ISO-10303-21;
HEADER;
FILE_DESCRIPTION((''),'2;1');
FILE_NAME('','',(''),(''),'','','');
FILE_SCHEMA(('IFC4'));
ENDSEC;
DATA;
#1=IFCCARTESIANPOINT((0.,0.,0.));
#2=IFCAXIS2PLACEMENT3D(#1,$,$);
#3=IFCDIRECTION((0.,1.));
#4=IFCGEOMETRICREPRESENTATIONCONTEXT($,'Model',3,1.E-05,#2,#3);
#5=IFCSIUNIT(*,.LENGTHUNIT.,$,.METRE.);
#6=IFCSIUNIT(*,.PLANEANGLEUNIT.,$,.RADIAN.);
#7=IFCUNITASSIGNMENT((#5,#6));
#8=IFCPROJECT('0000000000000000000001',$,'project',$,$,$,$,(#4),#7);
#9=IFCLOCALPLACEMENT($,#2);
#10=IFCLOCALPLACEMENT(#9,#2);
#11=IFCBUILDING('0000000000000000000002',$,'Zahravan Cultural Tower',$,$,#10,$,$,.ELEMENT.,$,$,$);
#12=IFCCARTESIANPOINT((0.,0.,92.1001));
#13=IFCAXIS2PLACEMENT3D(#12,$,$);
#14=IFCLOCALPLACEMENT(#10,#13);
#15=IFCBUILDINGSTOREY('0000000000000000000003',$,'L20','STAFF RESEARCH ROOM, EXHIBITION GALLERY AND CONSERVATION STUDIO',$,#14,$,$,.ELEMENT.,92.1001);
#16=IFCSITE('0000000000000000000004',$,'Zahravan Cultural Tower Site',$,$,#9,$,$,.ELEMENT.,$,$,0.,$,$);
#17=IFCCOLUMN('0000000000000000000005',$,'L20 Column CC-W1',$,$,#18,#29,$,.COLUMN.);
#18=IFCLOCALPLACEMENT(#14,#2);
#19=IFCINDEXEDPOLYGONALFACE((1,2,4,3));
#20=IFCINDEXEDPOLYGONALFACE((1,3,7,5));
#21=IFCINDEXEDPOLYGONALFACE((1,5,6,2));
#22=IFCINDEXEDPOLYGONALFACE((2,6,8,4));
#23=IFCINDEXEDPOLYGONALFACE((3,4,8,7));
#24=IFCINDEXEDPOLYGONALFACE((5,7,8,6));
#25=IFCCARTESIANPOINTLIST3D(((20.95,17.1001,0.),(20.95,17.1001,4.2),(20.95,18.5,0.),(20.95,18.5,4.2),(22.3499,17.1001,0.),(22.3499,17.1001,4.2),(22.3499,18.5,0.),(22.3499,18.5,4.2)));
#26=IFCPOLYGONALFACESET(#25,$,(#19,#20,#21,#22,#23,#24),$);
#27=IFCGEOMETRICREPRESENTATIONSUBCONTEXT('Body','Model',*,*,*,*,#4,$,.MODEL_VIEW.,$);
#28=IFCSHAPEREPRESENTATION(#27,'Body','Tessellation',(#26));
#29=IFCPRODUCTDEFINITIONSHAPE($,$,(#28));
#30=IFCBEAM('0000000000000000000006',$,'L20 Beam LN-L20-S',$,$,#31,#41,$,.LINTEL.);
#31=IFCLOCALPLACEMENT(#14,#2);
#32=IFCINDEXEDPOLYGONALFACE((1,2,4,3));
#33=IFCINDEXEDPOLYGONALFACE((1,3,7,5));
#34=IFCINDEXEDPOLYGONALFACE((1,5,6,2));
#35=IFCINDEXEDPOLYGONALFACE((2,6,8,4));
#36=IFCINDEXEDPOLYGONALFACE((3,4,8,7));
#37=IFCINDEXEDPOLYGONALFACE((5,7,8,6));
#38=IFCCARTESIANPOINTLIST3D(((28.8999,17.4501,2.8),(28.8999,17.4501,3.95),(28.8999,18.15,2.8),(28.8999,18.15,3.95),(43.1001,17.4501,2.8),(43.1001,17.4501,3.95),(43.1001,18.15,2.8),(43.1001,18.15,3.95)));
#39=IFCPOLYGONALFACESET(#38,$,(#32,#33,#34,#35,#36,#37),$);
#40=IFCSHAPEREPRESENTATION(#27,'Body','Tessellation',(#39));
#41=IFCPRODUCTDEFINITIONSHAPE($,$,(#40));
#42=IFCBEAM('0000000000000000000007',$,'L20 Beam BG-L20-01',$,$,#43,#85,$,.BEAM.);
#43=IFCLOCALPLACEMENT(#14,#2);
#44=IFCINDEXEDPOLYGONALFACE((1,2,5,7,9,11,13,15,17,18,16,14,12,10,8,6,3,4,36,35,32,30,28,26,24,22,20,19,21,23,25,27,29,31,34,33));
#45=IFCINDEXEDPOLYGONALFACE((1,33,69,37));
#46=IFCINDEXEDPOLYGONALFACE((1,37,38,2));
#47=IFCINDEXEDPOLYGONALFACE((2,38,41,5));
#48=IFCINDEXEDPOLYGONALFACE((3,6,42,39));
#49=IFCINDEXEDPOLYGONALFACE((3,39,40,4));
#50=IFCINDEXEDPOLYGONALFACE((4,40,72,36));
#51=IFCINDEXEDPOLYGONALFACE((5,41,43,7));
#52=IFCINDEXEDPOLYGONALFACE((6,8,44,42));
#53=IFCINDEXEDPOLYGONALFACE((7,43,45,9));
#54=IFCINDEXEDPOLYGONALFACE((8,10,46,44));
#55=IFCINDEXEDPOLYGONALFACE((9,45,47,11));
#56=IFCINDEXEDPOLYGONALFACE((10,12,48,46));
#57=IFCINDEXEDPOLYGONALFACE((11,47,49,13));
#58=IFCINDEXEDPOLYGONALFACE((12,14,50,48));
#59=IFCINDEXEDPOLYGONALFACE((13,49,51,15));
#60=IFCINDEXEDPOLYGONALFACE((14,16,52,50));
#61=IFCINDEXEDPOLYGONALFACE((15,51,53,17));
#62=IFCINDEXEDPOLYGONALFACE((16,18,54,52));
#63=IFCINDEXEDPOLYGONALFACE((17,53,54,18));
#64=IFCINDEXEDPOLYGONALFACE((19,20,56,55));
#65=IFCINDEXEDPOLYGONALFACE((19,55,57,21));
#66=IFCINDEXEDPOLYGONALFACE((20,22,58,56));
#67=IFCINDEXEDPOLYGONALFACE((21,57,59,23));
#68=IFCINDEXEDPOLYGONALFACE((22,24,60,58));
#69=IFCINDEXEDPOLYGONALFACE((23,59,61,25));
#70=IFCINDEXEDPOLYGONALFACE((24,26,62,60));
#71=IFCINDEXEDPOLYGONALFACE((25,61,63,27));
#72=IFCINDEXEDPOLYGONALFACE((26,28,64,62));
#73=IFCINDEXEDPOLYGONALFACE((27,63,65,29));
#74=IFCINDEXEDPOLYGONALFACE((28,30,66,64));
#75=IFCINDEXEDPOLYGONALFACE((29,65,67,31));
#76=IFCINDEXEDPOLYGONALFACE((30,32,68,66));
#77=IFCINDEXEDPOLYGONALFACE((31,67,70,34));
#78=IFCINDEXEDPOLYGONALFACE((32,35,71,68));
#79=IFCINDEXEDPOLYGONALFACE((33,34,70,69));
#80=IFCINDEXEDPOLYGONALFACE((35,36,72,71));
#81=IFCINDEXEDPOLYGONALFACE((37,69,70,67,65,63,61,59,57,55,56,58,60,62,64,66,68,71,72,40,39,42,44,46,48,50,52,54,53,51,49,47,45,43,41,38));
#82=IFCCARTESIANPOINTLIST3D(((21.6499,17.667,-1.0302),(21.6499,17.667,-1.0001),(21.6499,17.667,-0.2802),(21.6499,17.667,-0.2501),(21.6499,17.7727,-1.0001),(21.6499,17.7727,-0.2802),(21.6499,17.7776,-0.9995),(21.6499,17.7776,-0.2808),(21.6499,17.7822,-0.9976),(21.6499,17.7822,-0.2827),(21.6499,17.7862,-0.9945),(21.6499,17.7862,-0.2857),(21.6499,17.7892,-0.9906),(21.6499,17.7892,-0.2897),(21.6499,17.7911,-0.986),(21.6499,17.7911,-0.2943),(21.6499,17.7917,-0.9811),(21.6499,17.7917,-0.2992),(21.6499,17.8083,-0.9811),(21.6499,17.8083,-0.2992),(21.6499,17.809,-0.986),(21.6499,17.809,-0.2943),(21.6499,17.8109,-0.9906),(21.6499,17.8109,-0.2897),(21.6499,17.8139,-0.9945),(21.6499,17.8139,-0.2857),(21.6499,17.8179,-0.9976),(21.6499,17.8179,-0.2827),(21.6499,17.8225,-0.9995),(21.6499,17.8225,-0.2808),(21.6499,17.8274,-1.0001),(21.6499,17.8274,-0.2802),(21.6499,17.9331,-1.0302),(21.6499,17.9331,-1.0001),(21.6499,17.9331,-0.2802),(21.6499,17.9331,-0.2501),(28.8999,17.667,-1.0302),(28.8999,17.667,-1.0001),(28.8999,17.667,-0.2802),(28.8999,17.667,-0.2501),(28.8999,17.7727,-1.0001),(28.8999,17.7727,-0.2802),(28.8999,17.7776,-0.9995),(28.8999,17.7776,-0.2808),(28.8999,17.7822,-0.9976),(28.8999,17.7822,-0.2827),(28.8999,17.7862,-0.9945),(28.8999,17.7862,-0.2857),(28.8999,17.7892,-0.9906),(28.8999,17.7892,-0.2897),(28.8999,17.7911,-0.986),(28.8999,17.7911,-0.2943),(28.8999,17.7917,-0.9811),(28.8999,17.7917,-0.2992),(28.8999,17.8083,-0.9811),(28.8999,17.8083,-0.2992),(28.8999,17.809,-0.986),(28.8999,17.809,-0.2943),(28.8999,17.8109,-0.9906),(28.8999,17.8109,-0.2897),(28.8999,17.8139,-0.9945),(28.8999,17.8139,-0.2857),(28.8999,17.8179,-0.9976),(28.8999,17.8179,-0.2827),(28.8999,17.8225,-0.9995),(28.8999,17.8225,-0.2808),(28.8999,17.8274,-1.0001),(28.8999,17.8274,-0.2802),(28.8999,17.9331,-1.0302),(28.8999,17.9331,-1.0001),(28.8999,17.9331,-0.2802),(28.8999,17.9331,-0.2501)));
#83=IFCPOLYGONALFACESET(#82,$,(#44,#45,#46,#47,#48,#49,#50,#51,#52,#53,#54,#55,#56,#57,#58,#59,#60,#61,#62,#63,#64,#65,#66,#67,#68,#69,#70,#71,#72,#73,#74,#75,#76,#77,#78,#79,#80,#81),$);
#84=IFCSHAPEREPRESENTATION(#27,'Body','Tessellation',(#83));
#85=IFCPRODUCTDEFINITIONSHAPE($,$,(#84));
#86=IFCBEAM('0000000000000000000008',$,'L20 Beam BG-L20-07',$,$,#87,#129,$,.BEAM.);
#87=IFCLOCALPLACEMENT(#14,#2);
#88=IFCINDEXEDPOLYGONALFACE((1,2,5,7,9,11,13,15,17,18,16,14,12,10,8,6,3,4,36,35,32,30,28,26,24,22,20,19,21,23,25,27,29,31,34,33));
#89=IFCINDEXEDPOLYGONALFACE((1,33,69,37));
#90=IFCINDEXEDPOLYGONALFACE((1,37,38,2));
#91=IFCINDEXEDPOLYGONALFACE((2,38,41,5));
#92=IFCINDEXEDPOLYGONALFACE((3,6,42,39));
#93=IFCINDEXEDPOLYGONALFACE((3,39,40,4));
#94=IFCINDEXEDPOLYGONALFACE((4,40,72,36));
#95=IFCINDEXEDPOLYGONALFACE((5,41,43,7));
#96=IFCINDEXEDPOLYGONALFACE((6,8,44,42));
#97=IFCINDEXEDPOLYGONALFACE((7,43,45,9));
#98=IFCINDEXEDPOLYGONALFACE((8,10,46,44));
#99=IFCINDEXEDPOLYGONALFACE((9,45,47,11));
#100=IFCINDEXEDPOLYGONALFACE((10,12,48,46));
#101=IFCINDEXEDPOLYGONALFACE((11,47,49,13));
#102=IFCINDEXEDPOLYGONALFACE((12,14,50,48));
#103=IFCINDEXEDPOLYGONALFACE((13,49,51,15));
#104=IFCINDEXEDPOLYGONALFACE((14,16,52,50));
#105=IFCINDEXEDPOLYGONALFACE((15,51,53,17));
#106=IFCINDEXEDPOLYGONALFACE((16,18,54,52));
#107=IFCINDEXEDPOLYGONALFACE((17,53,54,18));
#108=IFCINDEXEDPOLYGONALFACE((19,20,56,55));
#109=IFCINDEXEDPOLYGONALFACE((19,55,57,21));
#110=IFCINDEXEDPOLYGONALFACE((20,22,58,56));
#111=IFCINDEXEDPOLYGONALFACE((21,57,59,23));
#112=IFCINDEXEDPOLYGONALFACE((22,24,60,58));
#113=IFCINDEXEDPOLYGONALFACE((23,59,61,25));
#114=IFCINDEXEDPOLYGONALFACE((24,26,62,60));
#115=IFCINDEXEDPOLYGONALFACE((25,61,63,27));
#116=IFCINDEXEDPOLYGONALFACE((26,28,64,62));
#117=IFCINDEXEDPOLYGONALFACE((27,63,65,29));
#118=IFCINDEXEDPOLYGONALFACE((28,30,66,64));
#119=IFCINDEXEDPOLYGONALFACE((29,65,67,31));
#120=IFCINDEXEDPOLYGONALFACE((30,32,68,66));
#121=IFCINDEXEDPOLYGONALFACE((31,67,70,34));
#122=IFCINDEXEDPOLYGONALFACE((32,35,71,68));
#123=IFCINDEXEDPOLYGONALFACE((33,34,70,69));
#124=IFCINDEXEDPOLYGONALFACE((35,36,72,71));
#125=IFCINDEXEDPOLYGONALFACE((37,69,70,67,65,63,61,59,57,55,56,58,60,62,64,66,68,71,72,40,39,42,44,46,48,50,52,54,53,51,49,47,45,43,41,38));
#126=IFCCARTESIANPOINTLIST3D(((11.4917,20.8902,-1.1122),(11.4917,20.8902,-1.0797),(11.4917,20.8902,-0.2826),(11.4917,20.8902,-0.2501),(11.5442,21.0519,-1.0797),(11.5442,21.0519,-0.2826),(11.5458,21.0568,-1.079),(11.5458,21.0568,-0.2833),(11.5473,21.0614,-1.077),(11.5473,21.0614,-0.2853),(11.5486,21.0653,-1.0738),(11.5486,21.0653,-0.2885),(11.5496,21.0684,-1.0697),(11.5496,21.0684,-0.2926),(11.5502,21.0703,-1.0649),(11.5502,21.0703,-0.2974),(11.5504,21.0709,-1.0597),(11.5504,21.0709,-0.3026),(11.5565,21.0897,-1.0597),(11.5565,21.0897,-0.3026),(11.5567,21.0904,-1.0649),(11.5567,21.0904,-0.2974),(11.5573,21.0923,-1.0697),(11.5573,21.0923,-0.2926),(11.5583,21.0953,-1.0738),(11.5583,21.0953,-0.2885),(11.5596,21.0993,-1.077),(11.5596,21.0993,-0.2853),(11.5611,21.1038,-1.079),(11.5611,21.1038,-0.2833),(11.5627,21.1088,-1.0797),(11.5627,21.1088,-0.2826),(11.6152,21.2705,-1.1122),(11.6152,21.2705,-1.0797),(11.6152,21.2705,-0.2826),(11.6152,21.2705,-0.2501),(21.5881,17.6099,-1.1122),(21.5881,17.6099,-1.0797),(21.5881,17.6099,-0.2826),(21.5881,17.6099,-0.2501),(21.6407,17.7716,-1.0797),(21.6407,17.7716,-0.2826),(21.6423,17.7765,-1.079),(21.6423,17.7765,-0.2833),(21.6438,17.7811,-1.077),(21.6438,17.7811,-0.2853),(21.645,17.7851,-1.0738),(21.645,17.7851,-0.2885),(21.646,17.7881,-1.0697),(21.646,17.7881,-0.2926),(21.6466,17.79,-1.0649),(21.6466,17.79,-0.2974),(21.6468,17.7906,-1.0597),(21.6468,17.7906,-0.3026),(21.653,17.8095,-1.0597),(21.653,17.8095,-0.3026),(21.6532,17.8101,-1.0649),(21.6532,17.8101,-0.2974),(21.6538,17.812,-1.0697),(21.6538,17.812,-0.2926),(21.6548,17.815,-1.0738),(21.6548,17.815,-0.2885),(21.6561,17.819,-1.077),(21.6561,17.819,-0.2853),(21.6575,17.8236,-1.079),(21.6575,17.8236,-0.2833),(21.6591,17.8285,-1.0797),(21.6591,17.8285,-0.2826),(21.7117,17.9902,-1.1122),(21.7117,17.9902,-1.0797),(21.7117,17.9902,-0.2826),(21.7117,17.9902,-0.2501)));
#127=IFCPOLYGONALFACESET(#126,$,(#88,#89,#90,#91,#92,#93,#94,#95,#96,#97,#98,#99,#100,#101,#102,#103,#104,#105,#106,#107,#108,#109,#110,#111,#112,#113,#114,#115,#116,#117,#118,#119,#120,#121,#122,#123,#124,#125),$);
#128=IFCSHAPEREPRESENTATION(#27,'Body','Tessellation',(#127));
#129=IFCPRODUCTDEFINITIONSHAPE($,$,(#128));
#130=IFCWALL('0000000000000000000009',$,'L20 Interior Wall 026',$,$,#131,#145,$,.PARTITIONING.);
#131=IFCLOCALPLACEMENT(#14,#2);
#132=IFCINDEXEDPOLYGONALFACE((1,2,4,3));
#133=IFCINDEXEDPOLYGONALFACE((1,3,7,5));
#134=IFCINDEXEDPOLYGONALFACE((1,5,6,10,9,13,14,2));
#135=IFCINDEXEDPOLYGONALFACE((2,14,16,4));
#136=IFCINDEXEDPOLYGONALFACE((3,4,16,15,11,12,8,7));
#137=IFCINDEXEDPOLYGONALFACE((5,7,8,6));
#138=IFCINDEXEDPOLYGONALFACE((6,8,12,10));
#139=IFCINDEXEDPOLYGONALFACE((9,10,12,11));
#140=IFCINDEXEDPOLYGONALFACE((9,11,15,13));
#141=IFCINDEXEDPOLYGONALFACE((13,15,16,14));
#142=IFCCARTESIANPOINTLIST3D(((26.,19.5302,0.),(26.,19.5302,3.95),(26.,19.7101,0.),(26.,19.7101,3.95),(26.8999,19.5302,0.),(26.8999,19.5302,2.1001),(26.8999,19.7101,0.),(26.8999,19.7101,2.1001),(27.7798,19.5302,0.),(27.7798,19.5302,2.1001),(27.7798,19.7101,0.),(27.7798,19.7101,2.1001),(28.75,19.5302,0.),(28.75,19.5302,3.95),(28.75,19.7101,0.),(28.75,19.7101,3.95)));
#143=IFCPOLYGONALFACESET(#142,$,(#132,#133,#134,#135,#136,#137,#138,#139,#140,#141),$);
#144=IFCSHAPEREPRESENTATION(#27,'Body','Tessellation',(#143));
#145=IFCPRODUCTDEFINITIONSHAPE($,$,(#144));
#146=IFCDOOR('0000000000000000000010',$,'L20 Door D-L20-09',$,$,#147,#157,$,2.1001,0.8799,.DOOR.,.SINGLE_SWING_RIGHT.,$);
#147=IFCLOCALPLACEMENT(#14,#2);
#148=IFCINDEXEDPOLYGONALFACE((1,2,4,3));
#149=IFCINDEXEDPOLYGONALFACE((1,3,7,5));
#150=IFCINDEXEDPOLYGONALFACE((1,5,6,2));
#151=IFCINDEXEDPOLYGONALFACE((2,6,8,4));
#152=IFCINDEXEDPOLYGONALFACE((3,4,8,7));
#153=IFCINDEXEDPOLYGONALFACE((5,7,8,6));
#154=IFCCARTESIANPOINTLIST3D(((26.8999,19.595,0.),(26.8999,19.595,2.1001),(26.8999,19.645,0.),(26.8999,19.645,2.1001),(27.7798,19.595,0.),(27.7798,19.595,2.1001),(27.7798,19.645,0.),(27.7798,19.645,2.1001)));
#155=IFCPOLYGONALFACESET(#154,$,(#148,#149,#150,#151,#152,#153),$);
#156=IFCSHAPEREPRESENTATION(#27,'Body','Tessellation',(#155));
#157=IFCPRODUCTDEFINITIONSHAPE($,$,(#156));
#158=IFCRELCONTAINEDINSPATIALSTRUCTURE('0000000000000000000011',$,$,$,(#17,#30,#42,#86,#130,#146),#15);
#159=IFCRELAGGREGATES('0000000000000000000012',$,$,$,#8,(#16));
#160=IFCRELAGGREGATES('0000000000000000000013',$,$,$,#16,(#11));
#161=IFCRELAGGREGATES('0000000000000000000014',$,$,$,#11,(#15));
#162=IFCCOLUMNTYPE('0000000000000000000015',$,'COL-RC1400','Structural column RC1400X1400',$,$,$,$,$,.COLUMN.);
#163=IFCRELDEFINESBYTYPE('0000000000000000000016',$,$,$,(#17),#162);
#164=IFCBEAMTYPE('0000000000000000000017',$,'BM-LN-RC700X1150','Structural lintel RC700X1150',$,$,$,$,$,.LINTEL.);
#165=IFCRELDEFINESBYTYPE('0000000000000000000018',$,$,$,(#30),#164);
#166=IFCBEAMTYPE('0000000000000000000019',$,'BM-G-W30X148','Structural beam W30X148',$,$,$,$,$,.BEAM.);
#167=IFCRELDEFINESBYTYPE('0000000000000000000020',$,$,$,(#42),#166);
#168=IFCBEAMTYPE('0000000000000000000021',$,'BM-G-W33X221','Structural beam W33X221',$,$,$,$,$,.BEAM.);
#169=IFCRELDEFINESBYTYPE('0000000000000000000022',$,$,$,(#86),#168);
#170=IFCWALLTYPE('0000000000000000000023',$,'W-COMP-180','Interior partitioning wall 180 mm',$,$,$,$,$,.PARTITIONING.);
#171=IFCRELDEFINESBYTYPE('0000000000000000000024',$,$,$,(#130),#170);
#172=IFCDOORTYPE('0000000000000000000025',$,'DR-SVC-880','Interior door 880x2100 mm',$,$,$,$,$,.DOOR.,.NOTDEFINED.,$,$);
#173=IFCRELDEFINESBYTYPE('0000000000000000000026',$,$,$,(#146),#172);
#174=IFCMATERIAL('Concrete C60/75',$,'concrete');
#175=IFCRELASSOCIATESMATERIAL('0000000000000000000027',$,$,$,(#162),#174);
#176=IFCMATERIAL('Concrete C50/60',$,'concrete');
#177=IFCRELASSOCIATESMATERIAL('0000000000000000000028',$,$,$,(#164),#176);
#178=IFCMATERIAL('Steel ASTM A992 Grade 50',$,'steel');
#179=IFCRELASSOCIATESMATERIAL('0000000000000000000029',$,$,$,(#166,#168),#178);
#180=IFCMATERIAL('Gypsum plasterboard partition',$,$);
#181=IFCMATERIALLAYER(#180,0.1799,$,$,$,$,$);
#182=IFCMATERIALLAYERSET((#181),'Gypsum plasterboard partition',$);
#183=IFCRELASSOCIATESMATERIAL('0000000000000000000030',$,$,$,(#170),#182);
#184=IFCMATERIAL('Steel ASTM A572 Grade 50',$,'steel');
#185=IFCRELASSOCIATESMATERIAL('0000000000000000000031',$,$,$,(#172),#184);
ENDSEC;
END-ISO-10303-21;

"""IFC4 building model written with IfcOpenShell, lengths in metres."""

from ifc_helpers import new_model, si_unit, direction, frame, frame_2d, origin, origin_2d, place, context, subcontext, project, spatial, rectangle, i_section, extrude, source, transform, mapped, material, layer, layer_set, material_profile, profile_set, type_object, element, fill, save


model = new_model("IFC4")

# Units and contexts
model_context = context("Model", 3, precision=1e-05, world=origin(), true_north=direction((0.0, 1.0)))
body_context = subcontext(model_context, "Body", "Model", "MODEL_VIEW")
ifc_project = project(units=[si_unit("LENGTHUNIT", "METRE"), si_unit("PLANEANGLEUNIT", "RADIAN")], contexts=[model_context])

# Site, building, storey
site_placement = place(None, origin())
site = spatial("IfcSite", under=ifc_project, at=site_placement, Name="Zahravan Cultural Tower Site", CompositionType="ELEMENT", RefElevation=0.0)
building_placement = place(site_placement, origin())
building = spatial("IfcBuilding", under=site, at=building_placement, Name="Zahravan Cultural Tower", CompositionType="ELEMENT")
storey_placement = place(building_placement, frame((0.0, 0.0, 92.1001)))
storey = spatial("IfcBuildingStorey", under=building, at=storey_placement, Name="L20", Description="STAFF RESEARCH ROOM, EXHIBITION GALLERY AND CONSERVATION STUDIO", CompositionType="ELEMENT", Elevation=92.1001)

# Column
ifc_material_1 = material(Name="Concrete C60/75", Category="concrete")
ifc_material_profile_1 = material_profile(ifc_material_1, rectangle(XDim=1.3999, YDim=1.3999, at=origin_2d()), Name="RC1400X1400")
ifc_profile_set_1 = profile_set([ifc_material_profile_1], Name="Concrete C60/75")
column_type = type_object("IfcColumnType", Name="COL-RC1400", Description="Structural column RC1400X1400", PredefinedType="COLUMN", material=ifc_profile_set_1)
shared_shape_1 = source(origin(), body_context, "Body", "SweptSolid", [
    extrude(rectangle(XDim=1.3999, YDim=1.3999, at=origin_2d()), origin(), (0.0, 0.0, 1.0), 4.2),
])
column_placement = place(storey_placement, frame((21.6499, 17.8, 0.0), z_axis=(0.0, 0.0, 1.0), x_axis=(1.0, 0.0, 0.0)))
element("IfcColumn", 1, at=column_placement, inside=storey, type_object=column_type, Name="L20 Column CC-W1", PredefinedType="COLUMN", context=body_context, shape_type="MappedRepresentation", body=[
    mapped(shared_shape_1, transform((0.0, 0.0, 0.0), x_axis=(1.0, 0.0, 0.0), y_axis=(0.0, 1.0, 0.0), z_axis=(0.0, 0.0, 1.0), scale=1.0)),
])

# Beams
ifc_material_2 = material(Name="Concrete C50/60", Category="concrete")
ifc_material_profile_2 = material_profile(ifc_material_2, rectangle(XDim=0.7, YDim=1.1499, at=origin_2d()), Name="RC700X1150")
ifc_profile_set_2 = profile_set([ifc_material_profile_2], Name="Concrete C50/60")
beam_type_1 = type_object("IfcBeamType", Name="BM-LN-RC700X1150", Description="Structural lintel RC700X1150", PredefinedType="LINTEL", material=ifc_profile_set_2)
shared_shape_2 = source(origin(), body_context, "Body", "SweptSolid", [
    extrude(rectangle(XDim=0.7, YDim=1.1499, at=origin_2d()), origin(), (0.0, 0.0, 1.0), 14.2002),
])
beam_1_placement = place(storey_placement, frame((28.8999, 17.8, 3.375), z_axis=(1.0, 0.0, 0.0), x_axis=(0.0, 1.0, 0.0)))
element("IfcBeam", 2, at=beam_1_placement, inside=storey, type_object=beam_type_1, Name="L20 Beam LN-L20-S", PredefinedType="LINTEL", context=body_context, shape_type="MappedRepresentation", body=[
    mapped(shared_shape_2, transform((0.0, 0.0, 0.0), x_axis=(1.0, 0.0, 0.0), y_axis=(0.0, 1.0, 0.0), z_axis=(0.0, 0.0, 1.0), scale=1.0)),
])
ifc_material_3 = material(Name="Steel ASTM A992 Grade 50", Category="steel")
ifc_material_profile_3 = material_profile(ifc_material_3, i_section(OverallWidth=0.2661, OverallDepth=0.78, WebThickness=0.0166, FlangeThickness=0.03, FilletRadius=0.019, at=origin_2d()), Name="W30X148")
ifc_profile_set_3 = profile_set([ifc_material_profile_3], Name="Steel ASTM A992 Grade 50")
beam_type_2 = type_object("IfcBeamType", Name="BM-G-W30X148", Description="Structural beam W30X148", PredefinedType="BEAM", material=ifc_profile_set_3)
shared_shape_3 = source(origin(), body_context, "Body", "SweptSolid", [
    extrude(i_section(OverallWidth=0.2661, OverallDepth=0.78, WebThickness=0.0166, FlangeThickness=0.03, FilletRadius=0.019, at=origin_2d()), origin(), (0.0, 0.0, 1.0), 7.25),
])
beam_2_placement = place(storey_placement, frame((21.6499, 17.8, -0.6401), z_axis=(1.0, 0.0, 0.0), x_axis=(0.0, 1.0, 0.0)))
element("IfcBeam", 3, at=beam_2_placement, inside=storey, type_object=beam_type_2, Name="L20 Beam BG-L20-01", PredefinedType="BEAM", context=body_context, shape_type="MappedRepresentation", body=[
    mapped(shared_shape_3, transform((0.0, 0.0, 0.0), x_axis=(1.0, 0.0, 0.0), y_axis=(0.0, 1.0, 0.0), z_axis=(0.0, 0.0, 1.0), scale=1.0)),
])
ifc_material_profile_4 = material_profile(ifc_material_3, i_section(OverallWidth=0.3999, OverallDepth=0.8621, WebThickness=0.0198, FlangeThickness=0.0325, FilletRadius=0.02, at=origin_2d()), Name="W33X221")
ifc_profile_set_4 = profile_set([ifc_material_profile_4], Name="Steel ASTM A992 Grade 50")
beam_type_3 = type_object("IfcBeamType", Name="BM-G-W33X221", Description="Structural beam W33X221", PredefinedType="BEAM", material=ifc_profile_set_4)
shared_shape_4 = source(origin(), body_context, "Body", "SweptSolid", [
    extrude(i_section(OverallWidth=0.3999, OverallDepth=0.8621, WebThickness=0.0198, FlangeThickness=0.0325, FilletRadius=0.02, at=origin_2d()), origin(), (0.0, 0.0, 1.0), 10.616),
])
beam_3_placement = place(storey_placement, frame((21.6499, 17.8, -0.6812), z_axis=(-0.951064, 0.308995, 0.0), x_axis=(-0.308995, -0.951064, 0.0)))
element("IfcBeam", 4, at=beam_3_placement, inside=storey, type_object=beam_type_3, Name="L20 Beam BG-L20-07", PredefinedType="BEAM", context=body_context, shape_type="MappedRepresentation", body=[
    mapped(shared_shape_4, transform((0.0, 0.0, 0.0), x_axis=(1.0, 0.0, 0.0), y_axis=(0.0, 1.0, 0.0), z_axis=(0.0, 0.0, 1.0), scale=1.0)),
])

# Wall, opening, door
ifc_material_4 = material(Name="Gypsum plasterboard partition")
ifc_layer_1 = layer(ifc_material_4, 0.1799)
ifc_layer_set_1 = layer_set([ifc_layer_1], Name="Gypsum plasterboard partition")
wall_type_1 = type_object("IfcWallType", Name="W-COMP-180", Description="Interior partitioning wall 180 mm", PredefinedType="PARTITIONING", material=ifc_layer_set_1)
wall_1_placement = place(storey_placement, frame((26.0, 19.6201, 0.0), z_axis=(0.0, 0.0, 1.0), x_axis=(1.0, 0.0, 0.0)))
wall_1 = element("IfcWall", 5, at=wall_1_placement, inside=storey, type_object=wall_type_1, Name="L20 Interior Wall 026", PredefinedType="PARTITIONING", context=body_context, shape_type="SweptSolid", body=[
    extrude(rectangle(XDim=2.75, YDim=0.1799, at=frame_2d((1.375, 0.0))), origin(), (0.0, 0.0, 1.0), 3.95),
])
opening_1_placement = place(wall_1_placement, frame((0.8999, 0.0, 0.0)))
opening_1 = element("IfcOpeningElement", 6, at=opening_1_placement, cuts=wall_1, PredefinedType="OPENING", context=body_context, shape_type="SweptSolid", body=[
    extrude(rectangle(XDim=0.8799, YDim=2.1001, at=frame_2d((0.4399, 1.05))), frame((0.0, 0.0999, 0.0), z_axis=(0.0, -1.0, 0.0), x_axis=(1.0, 0.0, 0.0)), (0.0, 0.0, 1.0), 0.2),
])
ifc_material_5 = material(Name="Steel ASTM A572 Grade 50", Category="steel")
door_type_1 = type_object("IfcDoorType", Name="DR-SVC-880", Description="Interior door 880x2100 mm", OperationType="NOTDEFINED", PredefinedType="DOOR", material=ifc_material_5)
shared_shape_5 = source(origin(), body_context, "Body", "SweptSolid", [
    extrude(rectangle(XDim=0.8799, YDim=2.1001, at=frame_2d((0.4399, 1.05))), frame((0.0, 0.0249, 0.0), z_axis=(0.0, -1.0, 0.0), x_axis=(1.0, 0.0, 0.0)), (0.0, 0.0, 1.0), 0.05),
])
door_1_placement = place(opening_1_placement, origin())
door_1 = element("IfcDoor", 7, at=door_1_placement, inside=storey, type_object=door_type_1, Name="L20 Door D-L20-09", OperationType="SINGLE_SWING_RIGHT", OverallHeight=2.1001, OverallWidth=0.8799, PredefinedType="DOOR", context=body_context, shape_type="MappedRepresentation", body=[
    mapped(shared_shape_5, transform((0.0, 0.0, 0.0), x_axis=(1.0, 0.0, 0.0), y_axis=(0.0, 1.0, 0.0), z_axis=(0.0, 0.0, 1.0), scale=1.0)),
])
fill(opening_1, door_1)

save(model, "model.ifc")
